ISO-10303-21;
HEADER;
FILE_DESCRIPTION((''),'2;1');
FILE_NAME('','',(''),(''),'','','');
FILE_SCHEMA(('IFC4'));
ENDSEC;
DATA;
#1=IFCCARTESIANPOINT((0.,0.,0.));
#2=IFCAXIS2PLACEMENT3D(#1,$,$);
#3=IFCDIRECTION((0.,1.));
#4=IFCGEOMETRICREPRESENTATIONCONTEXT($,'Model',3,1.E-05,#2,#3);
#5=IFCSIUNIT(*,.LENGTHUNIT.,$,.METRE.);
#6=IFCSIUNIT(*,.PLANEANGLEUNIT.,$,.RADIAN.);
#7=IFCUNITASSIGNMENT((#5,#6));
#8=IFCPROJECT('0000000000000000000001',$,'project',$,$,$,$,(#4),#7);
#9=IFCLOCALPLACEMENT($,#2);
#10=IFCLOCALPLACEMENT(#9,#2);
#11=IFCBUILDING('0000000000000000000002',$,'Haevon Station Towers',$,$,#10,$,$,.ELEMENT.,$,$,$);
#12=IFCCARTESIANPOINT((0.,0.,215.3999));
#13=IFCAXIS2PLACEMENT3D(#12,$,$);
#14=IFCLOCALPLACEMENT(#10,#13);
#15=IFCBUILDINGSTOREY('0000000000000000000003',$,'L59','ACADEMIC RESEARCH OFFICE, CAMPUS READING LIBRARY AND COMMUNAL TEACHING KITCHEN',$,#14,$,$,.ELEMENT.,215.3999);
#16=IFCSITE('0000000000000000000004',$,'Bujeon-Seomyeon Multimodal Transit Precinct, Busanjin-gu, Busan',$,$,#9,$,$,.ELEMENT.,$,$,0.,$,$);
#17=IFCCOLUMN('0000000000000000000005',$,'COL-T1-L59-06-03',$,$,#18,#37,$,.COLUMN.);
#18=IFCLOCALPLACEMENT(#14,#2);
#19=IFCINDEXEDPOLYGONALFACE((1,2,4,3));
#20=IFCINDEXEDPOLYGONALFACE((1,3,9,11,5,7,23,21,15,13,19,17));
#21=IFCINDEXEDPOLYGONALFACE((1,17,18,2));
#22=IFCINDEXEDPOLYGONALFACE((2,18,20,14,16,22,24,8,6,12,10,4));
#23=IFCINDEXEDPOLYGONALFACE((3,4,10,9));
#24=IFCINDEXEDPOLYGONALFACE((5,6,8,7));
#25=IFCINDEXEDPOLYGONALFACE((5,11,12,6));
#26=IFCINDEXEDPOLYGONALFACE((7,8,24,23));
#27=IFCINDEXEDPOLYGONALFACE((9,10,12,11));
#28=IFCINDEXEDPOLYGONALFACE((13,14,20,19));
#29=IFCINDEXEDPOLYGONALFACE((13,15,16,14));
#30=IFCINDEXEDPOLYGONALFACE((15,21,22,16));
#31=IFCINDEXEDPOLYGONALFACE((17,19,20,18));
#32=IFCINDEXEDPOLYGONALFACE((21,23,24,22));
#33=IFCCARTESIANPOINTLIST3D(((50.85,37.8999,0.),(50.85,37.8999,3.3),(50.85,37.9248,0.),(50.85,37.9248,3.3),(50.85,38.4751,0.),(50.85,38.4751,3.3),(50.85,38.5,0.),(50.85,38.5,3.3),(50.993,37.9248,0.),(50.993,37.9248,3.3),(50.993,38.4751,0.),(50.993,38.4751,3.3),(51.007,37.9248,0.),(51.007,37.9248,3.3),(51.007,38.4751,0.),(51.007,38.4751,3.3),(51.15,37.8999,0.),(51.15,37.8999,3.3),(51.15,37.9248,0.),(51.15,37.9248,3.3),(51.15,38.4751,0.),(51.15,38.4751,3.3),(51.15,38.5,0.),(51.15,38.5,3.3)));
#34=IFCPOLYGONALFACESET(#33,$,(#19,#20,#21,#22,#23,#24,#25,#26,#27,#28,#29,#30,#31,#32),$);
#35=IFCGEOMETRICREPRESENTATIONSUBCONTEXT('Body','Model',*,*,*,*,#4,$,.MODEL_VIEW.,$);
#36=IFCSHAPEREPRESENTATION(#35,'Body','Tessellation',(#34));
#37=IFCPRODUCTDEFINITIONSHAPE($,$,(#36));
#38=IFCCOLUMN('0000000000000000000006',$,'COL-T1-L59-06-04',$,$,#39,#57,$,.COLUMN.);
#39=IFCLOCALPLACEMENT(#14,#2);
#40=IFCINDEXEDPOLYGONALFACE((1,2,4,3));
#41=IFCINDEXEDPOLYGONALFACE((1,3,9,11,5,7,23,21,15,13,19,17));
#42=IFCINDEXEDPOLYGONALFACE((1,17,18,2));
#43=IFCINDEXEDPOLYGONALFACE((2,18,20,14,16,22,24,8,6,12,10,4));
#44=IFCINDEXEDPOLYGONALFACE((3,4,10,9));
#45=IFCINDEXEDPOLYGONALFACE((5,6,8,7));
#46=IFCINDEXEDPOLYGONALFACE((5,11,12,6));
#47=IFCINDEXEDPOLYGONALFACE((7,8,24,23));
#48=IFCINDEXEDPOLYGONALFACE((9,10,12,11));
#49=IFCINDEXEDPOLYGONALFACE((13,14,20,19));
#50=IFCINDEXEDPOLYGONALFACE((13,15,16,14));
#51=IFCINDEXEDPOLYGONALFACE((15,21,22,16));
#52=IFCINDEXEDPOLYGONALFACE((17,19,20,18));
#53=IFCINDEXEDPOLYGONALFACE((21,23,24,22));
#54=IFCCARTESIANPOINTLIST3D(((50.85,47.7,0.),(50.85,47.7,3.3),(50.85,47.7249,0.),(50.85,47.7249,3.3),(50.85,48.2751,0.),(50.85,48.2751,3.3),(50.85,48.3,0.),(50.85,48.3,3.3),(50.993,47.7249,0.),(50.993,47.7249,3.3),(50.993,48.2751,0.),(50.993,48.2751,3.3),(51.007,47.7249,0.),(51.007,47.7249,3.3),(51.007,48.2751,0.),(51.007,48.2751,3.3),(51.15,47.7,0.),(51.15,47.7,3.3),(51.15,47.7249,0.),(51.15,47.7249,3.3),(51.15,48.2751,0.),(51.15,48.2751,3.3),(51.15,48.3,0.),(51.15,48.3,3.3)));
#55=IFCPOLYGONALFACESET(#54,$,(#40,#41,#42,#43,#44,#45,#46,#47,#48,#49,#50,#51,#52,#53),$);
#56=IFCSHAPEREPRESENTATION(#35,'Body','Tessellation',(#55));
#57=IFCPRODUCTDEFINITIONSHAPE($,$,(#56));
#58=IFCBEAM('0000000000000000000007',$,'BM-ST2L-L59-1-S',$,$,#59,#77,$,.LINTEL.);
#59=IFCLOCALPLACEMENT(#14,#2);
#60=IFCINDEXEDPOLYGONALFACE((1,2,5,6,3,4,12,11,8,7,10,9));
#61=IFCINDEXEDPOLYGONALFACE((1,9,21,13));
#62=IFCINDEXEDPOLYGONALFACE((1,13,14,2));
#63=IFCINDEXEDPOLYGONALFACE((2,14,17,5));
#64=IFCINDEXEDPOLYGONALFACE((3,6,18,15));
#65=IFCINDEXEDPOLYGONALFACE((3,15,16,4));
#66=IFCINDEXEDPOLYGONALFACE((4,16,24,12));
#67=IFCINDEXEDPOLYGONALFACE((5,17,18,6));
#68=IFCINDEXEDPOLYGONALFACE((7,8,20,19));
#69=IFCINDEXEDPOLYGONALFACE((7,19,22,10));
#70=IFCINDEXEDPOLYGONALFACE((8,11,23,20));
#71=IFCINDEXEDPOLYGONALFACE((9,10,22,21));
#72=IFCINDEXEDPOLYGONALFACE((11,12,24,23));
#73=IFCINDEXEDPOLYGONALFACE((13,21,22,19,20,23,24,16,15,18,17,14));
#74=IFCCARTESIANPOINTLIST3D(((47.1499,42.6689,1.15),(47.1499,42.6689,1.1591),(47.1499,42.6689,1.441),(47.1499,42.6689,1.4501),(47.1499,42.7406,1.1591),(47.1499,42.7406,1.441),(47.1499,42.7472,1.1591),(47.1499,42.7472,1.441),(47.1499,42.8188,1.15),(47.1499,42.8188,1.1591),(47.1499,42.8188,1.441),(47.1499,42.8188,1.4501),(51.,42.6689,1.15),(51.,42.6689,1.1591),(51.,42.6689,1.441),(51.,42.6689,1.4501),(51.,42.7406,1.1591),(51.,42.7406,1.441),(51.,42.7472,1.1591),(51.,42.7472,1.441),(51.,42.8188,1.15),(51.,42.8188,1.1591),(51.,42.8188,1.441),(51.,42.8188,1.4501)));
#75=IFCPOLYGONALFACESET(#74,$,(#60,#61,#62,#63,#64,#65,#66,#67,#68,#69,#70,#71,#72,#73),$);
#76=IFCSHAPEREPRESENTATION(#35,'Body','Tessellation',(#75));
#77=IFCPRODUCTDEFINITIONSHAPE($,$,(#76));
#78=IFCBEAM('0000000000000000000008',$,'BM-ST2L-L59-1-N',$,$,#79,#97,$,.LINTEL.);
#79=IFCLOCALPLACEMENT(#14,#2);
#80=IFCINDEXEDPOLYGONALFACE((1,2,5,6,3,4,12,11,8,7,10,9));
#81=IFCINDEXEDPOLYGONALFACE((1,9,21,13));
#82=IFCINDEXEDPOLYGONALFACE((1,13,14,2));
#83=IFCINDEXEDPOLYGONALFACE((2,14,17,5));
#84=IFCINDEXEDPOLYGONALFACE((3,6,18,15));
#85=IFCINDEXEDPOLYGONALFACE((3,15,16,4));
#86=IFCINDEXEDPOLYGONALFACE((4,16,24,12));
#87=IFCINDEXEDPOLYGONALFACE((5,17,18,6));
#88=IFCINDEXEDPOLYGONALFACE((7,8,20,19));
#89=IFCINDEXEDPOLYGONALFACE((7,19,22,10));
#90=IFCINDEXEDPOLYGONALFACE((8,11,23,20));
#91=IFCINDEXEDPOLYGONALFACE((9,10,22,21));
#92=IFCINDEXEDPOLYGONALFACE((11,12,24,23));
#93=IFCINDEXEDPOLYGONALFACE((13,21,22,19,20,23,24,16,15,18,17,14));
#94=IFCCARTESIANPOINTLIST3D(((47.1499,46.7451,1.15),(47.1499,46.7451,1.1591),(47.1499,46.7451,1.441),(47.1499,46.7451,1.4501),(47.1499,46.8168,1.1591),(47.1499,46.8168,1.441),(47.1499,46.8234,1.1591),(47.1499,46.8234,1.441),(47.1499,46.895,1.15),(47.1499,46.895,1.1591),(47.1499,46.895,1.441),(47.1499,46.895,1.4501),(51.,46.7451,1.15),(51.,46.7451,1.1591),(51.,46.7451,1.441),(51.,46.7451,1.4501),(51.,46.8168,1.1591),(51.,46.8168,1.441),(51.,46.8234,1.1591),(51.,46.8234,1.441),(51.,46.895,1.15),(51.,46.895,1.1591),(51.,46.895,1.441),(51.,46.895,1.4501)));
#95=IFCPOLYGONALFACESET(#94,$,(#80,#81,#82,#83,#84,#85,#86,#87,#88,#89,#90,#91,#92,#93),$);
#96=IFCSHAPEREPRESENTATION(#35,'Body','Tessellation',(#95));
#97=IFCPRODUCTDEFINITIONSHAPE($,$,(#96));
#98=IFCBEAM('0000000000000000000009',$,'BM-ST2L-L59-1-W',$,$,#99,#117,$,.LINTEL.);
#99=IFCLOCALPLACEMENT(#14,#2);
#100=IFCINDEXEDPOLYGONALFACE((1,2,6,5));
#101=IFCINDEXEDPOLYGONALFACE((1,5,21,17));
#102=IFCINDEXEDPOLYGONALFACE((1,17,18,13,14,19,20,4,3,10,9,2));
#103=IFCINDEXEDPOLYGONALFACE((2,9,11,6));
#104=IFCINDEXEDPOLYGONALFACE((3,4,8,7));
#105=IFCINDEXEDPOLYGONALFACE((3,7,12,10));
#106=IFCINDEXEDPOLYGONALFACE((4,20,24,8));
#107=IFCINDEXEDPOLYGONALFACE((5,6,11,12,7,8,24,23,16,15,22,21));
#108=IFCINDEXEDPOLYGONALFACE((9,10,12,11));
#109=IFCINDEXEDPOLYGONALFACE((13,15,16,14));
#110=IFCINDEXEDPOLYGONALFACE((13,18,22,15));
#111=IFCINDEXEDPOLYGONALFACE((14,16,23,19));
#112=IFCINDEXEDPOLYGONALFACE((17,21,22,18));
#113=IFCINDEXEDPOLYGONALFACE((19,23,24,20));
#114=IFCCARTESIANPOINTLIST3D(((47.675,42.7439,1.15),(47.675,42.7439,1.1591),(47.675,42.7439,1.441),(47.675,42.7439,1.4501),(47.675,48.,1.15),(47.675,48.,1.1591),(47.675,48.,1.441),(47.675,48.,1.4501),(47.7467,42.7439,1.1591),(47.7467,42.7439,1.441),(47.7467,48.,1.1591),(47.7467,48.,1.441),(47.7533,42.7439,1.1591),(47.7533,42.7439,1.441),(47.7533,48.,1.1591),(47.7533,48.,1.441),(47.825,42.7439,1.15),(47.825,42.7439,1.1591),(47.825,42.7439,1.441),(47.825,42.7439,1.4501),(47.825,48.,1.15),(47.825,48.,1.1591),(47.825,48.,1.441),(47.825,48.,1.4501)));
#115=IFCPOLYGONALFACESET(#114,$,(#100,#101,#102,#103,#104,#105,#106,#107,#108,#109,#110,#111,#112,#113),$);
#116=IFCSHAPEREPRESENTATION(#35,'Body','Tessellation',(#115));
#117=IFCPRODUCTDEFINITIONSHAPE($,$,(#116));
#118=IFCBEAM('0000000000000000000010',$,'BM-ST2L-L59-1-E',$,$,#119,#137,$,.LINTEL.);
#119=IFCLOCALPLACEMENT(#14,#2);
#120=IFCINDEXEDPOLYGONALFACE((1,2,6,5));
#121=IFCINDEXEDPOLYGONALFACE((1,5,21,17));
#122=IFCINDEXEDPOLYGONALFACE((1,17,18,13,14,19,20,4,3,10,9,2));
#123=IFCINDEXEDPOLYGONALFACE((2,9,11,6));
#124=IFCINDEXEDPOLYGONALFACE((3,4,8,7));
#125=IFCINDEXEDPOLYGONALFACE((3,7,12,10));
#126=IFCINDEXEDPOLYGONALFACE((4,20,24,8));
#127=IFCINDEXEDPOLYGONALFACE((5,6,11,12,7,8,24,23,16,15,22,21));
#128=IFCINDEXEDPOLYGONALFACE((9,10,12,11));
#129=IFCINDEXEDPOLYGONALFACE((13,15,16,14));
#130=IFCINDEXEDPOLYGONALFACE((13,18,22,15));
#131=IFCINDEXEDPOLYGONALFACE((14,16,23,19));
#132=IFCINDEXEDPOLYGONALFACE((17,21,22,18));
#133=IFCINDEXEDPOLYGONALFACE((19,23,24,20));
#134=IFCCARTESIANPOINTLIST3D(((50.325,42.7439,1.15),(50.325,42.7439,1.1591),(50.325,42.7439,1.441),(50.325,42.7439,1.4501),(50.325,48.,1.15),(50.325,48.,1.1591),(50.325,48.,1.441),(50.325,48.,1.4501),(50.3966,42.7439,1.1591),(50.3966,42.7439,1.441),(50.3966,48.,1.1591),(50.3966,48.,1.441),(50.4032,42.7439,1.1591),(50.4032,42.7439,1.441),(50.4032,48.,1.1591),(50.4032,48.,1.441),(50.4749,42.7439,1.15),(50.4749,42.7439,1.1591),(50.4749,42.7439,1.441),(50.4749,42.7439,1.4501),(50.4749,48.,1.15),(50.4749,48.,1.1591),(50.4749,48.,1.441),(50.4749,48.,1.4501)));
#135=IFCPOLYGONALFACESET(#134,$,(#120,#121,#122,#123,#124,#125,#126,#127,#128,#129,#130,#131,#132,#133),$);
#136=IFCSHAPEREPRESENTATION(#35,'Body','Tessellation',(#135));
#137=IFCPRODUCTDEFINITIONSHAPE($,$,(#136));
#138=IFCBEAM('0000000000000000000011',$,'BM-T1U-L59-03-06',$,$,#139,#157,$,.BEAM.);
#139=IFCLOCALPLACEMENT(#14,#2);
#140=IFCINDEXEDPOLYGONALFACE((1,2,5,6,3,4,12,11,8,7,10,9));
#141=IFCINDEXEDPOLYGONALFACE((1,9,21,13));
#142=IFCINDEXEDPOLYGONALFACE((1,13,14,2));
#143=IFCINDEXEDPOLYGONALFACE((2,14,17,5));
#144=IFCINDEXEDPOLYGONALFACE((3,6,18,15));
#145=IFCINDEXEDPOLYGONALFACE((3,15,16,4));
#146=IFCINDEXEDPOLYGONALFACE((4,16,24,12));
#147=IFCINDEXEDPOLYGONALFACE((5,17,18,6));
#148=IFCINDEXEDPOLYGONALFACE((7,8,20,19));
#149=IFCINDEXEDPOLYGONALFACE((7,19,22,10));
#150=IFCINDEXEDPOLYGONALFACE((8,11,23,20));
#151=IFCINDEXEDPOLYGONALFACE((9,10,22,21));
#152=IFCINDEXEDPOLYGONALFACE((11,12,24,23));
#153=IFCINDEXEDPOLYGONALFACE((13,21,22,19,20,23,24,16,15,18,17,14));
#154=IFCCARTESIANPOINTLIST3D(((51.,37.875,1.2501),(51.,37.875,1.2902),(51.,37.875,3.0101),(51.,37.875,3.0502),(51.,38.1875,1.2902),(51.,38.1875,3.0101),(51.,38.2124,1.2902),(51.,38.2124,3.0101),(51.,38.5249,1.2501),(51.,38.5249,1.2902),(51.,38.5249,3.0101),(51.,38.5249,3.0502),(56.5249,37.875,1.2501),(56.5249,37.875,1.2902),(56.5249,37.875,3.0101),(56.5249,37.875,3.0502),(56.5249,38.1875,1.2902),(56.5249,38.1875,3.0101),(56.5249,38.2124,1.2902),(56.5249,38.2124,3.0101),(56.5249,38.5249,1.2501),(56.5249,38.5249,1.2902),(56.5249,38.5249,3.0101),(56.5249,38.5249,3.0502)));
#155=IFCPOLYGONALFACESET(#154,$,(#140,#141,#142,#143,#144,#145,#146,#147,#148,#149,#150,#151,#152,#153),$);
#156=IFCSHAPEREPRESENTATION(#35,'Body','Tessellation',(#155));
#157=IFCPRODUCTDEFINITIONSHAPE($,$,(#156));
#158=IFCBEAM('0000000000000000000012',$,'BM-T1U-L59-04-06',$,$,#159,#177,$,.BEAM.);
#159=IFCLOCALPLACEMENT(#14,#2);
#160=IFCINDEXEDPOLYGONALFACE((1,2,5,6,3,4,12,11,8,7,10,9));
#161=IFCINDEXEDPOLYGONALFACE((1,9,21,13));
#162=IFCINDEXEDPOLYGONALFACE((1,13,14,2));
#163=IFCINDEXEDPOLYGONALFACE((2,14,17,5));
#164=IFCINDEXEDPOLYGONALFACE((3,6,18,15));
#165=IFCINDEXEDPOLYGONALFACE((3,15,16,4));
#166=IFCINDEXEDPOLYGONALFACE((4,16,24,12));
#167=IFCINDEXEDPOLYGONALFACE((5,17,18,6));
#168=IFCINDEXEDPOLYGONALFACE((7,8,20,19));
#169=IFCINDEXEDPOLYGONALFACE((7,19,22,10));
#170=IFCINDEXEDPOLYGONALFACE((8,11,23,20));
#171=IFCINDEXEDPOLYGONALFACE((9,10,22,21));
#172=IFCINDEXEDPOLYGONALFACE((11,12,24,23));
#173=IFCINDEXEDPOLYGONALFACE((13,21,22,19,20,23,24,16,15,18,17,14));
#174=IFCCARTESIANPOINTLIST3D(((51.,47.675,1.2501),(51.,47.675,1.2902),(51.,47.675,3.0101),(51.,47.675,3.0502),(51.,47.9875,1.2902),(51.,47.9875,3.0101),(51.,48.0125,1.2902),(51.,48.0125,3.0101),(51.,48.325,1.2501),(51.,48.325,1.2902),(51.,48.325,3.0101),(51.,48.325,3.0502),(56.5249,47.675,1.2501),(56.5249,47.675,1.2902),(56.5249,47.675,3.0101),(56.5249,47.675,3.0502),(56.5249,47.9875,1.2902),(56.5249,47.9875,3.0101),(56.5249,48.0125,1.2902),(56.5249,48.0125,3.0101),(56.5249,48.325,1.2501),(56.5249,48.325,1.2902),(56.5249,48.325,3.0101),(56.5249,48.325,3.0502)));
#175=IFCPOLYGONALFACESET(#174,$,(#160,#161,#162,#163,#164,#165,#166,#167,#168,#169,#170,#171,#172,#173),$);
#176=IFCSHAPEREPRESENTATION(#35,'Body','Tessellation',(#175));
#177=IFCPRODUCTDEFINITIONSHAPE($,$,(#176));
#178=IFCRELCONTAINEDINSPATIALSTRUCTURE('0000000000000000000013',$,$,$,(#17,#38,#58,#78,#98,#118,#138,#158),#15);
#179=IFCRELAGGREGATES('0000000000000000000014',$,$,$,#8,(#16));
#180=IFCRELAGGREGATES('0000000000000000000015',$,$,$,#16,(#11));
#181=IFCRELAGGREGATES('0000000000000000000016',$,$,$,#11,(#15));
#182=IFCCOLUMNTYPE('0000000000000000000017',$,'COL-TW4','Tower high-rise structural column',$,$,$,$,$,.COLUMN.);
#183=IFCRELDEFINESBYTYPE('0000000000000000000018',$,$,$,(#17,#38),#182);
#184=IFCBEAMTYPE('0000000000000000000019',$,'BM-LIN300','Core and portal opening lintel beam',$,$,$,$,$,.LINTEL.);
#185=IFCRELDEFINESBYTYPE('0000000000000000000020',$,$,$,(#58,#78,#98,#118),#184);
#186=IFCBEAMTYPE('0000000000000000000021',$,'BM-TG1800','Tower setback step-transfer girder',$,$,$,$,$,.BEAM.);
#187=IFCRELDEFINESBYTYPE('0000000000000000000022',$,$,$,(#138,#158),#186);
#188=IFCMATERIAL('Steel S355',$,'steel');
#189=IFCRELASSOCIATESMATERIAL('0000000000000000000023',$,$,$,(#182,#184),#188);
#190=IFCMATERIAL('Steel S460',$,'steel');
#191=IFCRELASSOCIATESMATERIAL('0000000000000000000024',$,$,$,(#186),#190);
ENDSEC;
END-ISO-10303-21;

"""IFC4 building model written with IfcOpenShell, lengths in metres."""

from ifc_helpers import new_model, si_unit, direction, frame, origin, origin_2d, place, context, subcontext, project, spatial, i_section, extrude, material, material_profile, profile_set, type_object, element, save


model = new_model("IFC4")

# Units and contexts
model_context = context("Model", 3, precision=1e-05, world=origin(), true_north=direction((0.0, 1.0)))
body_context = subcontext(model_context, "Body", "Model", "MODEL_VIEW")
ifc_project = project(units=[si_unit("LENGTHUNIT", "METRE"), si_unit("PLANEANGLEUNIT", "RADIAN")], contexts=[model_context])

# Site, building, storey
site_placement = place(None, origin())
site = spatial("IfcSite", under=ifc_project, at=site_placement, Name="Bujeon-Seomyeon Multimodal Transit Precinct, Busanjin-gu, Busan", CompositionType="ELEMENT", RefElevation=0.0)
building_placement = place(site_placement, origin())
building = spatial("IfcBuilding", under=site, at=building_placement, Name="Haevon Station Towers", CompositionType="ELEMENT")
storey_placement = place(building_placement, frame((0.0, 0.0, 215.3999)))
storey = spatial("IfcBuildingStorey", under=building, at=storey_placement, Name="L59", Description="ACADEMIC RESEARCH OFFICE, CAMPUS READING LIBRARY AND COMMUNAL TEACHING KITCHEN", CompositionType="ELEMENT", Elevation=215.3999)

# Columns
ifc_material_1 = material(Name="Steel S355", Category="steel")
ifc_material_profile_1 = material_profile(ifc_material_1, i_section(OverallWidth=0.3, OverallDepth=0.6001, WebThickness=0.0139, FlangeThickness=0.0249, at=origin_2d()), Name="H-600x300x14x25")
ifc_profile_set_1 = profile_set([ifc_material_profile_1], Name="Steel S355")
column_type = type_object("IfcColumnType", Name="COL-TW4", Description="Tower high-rise structural column", PredefinedType="COLUMN", material=ifc_profile_set_1)
for number, where, z_axis, x_axis, name in (
    (1, (51.0, 38.2, 0.0), (0.0, 0.0, 1.0), (1.0, 0.0, 0.0), "COL-T1-L59-06-03"),
    (2, (51.0, 48.0, 0.0), (0.0, 0.0, 1.0), (1.0, 0.0, 0.0), "COL-T1-L59-06-04"),
):
    element("IfcColumn", number, at=place(storey_placement, frame(where, z_axis=z_axis, x_axis=x_axis)), inside=storey, type_object=column_type, Name=name, PredefinedType="COLUMN", context=body_context, shape_type="SweptSolid", body=[
        extrude(i_section(OverallWidth=0.3, OverallDepth=0.6001, WebThickness=0.0139, FlangeThickness=0.0249, at=origin_2d()), origin(), (0.0, 0.0, 1.0), 3.3),
    ])

# Beams
ifc_material_profile_2 = material_profile(ifc_material_1, i_section(OverallWidth=0.1499, OverallDepth=0.3, WebThickness=0.0066, FlangeThickness=0.009, at=origin_2d()), Name="H-300x150x6.5x9")
ifc_profile_set_2 = profile_set([ifc_material_profile_2], Name="Steel S355")
beam_type_1 = type_object("IfcBeamType", Name="BM-LIN300", Description="Core and portal opening lintel beam", PredefinedType="LINTEL", material=ifc_profile_set_2)
for number, where, z_axis, x_axis, name in (
    (3, (47.1499, 42.7439, 1.3), (1.0, 0.0, 0.0), (0.0, 1.0, 0.0), "BM-ST2L-L59-1-S"),
    (4, (47.1499, 46.8201, 1.3), (1.0, 0.0, 0.0), (0.0, 1.0, 0.0), "BM-ST2L-L59-1-N"),
):
    element("IfcBeam", number, at=place(storey_placement, frame(where, z_axis=z_axis, x_axis=x_axis)), inside=storey, type_object=beam_type_1, Name=name, PredefinedType="LINTEL", context=body_context, shape_type="SweptSolid", body=[
        extrude(i_section(OverallWidth=0.1499, OverallDepth=0.3, WebThickness=0.0066, FlangeThickness=0.009, at=origin_2d()), origin(), (0.0, 0.0, 1.0), 3.8501),
    ])
for number, where, z_axis, x_axis, name in (
    (5, (47.75, 42.7439, 1.3), (0.0, 1.0, 0.0), (-1.0, 0.0, 0.0), "BM-ST2L-L59-1-W"),
    (6, (50.3999, 42.7439, 1.3), (0.0, 1.0, 0.0), (-1.0, 0.0, 0.0), "BM-ST2L-L59-1-E"),
):
    element("IfcBeam", number, at=place(storey_placement, frame(where, z_axis=z_axis, x_axis=x_axis)), inside=storey, type_object=beam_type_1, Name=name, PredefinedType="LINTEL", context=body_context, shape_type="SweptSolid", body=[
        extrude(i_section(OverallWidth=0.1499, OverallDepth=0.3, WebThickness=0.0066, FlangeThickness=0.009, at=origin_2d()), origin(), (0.0, 0.0, 1.0), 5.2561),
    ])
ifc_material_2 = material(Name="Steel S460", Category="steel")
ifc_material_profile_3 = material_profile(ifc_material_2, i_section(OverallWidth=0.6499, OverallDepth=1.8, WebThickness=0.0249, FlangeThickness=0.04, at=origin_2d()), Name="H-1800x650x25x40")
ifc_profile_set_3 = profile_set([ifc_material_profile_3], Name="Steel S460")
beam_type_2 = type_object("IfcBeamType", Name="BM-TG1800", Description="Tower setback step-transfer girder", PredefinedType="BEAM", material=ifc_profile_set_3)
for number, where, z_axis, x_axis, name in (
    (7, (51.0, 38.2, 2.1501), (1.0, 0.0, 0.0), (0.0, 1.0, 0.0), "BM-T1U-L59-03-06"),
    (8, (51.0, 48.0, 2.1501), (1.0, 0.0, 0.0), (0.0, 1.0, 0.0), "BM-T1U-L59-04-06"),
):
    element("IfcBeam", number, at=place(storey_placement, frame(where, z_axis=z_axis, x_axis=x_axis)), inside=storey, type_object=beam_type_2, Name=name, PredefinedType="BEAM", context=body_context, shape_type="SweptSolid", body=[
        extrude(i_section(OverallWidth=0.6499, OverallDepth=1.8, WebThickness=0.0249, FlangeThickness=0.04, at=origin_2d()), origin(), (0.0, 0.0, 1.0), 5.5249),
    ])

save(model, "model.ifc")
